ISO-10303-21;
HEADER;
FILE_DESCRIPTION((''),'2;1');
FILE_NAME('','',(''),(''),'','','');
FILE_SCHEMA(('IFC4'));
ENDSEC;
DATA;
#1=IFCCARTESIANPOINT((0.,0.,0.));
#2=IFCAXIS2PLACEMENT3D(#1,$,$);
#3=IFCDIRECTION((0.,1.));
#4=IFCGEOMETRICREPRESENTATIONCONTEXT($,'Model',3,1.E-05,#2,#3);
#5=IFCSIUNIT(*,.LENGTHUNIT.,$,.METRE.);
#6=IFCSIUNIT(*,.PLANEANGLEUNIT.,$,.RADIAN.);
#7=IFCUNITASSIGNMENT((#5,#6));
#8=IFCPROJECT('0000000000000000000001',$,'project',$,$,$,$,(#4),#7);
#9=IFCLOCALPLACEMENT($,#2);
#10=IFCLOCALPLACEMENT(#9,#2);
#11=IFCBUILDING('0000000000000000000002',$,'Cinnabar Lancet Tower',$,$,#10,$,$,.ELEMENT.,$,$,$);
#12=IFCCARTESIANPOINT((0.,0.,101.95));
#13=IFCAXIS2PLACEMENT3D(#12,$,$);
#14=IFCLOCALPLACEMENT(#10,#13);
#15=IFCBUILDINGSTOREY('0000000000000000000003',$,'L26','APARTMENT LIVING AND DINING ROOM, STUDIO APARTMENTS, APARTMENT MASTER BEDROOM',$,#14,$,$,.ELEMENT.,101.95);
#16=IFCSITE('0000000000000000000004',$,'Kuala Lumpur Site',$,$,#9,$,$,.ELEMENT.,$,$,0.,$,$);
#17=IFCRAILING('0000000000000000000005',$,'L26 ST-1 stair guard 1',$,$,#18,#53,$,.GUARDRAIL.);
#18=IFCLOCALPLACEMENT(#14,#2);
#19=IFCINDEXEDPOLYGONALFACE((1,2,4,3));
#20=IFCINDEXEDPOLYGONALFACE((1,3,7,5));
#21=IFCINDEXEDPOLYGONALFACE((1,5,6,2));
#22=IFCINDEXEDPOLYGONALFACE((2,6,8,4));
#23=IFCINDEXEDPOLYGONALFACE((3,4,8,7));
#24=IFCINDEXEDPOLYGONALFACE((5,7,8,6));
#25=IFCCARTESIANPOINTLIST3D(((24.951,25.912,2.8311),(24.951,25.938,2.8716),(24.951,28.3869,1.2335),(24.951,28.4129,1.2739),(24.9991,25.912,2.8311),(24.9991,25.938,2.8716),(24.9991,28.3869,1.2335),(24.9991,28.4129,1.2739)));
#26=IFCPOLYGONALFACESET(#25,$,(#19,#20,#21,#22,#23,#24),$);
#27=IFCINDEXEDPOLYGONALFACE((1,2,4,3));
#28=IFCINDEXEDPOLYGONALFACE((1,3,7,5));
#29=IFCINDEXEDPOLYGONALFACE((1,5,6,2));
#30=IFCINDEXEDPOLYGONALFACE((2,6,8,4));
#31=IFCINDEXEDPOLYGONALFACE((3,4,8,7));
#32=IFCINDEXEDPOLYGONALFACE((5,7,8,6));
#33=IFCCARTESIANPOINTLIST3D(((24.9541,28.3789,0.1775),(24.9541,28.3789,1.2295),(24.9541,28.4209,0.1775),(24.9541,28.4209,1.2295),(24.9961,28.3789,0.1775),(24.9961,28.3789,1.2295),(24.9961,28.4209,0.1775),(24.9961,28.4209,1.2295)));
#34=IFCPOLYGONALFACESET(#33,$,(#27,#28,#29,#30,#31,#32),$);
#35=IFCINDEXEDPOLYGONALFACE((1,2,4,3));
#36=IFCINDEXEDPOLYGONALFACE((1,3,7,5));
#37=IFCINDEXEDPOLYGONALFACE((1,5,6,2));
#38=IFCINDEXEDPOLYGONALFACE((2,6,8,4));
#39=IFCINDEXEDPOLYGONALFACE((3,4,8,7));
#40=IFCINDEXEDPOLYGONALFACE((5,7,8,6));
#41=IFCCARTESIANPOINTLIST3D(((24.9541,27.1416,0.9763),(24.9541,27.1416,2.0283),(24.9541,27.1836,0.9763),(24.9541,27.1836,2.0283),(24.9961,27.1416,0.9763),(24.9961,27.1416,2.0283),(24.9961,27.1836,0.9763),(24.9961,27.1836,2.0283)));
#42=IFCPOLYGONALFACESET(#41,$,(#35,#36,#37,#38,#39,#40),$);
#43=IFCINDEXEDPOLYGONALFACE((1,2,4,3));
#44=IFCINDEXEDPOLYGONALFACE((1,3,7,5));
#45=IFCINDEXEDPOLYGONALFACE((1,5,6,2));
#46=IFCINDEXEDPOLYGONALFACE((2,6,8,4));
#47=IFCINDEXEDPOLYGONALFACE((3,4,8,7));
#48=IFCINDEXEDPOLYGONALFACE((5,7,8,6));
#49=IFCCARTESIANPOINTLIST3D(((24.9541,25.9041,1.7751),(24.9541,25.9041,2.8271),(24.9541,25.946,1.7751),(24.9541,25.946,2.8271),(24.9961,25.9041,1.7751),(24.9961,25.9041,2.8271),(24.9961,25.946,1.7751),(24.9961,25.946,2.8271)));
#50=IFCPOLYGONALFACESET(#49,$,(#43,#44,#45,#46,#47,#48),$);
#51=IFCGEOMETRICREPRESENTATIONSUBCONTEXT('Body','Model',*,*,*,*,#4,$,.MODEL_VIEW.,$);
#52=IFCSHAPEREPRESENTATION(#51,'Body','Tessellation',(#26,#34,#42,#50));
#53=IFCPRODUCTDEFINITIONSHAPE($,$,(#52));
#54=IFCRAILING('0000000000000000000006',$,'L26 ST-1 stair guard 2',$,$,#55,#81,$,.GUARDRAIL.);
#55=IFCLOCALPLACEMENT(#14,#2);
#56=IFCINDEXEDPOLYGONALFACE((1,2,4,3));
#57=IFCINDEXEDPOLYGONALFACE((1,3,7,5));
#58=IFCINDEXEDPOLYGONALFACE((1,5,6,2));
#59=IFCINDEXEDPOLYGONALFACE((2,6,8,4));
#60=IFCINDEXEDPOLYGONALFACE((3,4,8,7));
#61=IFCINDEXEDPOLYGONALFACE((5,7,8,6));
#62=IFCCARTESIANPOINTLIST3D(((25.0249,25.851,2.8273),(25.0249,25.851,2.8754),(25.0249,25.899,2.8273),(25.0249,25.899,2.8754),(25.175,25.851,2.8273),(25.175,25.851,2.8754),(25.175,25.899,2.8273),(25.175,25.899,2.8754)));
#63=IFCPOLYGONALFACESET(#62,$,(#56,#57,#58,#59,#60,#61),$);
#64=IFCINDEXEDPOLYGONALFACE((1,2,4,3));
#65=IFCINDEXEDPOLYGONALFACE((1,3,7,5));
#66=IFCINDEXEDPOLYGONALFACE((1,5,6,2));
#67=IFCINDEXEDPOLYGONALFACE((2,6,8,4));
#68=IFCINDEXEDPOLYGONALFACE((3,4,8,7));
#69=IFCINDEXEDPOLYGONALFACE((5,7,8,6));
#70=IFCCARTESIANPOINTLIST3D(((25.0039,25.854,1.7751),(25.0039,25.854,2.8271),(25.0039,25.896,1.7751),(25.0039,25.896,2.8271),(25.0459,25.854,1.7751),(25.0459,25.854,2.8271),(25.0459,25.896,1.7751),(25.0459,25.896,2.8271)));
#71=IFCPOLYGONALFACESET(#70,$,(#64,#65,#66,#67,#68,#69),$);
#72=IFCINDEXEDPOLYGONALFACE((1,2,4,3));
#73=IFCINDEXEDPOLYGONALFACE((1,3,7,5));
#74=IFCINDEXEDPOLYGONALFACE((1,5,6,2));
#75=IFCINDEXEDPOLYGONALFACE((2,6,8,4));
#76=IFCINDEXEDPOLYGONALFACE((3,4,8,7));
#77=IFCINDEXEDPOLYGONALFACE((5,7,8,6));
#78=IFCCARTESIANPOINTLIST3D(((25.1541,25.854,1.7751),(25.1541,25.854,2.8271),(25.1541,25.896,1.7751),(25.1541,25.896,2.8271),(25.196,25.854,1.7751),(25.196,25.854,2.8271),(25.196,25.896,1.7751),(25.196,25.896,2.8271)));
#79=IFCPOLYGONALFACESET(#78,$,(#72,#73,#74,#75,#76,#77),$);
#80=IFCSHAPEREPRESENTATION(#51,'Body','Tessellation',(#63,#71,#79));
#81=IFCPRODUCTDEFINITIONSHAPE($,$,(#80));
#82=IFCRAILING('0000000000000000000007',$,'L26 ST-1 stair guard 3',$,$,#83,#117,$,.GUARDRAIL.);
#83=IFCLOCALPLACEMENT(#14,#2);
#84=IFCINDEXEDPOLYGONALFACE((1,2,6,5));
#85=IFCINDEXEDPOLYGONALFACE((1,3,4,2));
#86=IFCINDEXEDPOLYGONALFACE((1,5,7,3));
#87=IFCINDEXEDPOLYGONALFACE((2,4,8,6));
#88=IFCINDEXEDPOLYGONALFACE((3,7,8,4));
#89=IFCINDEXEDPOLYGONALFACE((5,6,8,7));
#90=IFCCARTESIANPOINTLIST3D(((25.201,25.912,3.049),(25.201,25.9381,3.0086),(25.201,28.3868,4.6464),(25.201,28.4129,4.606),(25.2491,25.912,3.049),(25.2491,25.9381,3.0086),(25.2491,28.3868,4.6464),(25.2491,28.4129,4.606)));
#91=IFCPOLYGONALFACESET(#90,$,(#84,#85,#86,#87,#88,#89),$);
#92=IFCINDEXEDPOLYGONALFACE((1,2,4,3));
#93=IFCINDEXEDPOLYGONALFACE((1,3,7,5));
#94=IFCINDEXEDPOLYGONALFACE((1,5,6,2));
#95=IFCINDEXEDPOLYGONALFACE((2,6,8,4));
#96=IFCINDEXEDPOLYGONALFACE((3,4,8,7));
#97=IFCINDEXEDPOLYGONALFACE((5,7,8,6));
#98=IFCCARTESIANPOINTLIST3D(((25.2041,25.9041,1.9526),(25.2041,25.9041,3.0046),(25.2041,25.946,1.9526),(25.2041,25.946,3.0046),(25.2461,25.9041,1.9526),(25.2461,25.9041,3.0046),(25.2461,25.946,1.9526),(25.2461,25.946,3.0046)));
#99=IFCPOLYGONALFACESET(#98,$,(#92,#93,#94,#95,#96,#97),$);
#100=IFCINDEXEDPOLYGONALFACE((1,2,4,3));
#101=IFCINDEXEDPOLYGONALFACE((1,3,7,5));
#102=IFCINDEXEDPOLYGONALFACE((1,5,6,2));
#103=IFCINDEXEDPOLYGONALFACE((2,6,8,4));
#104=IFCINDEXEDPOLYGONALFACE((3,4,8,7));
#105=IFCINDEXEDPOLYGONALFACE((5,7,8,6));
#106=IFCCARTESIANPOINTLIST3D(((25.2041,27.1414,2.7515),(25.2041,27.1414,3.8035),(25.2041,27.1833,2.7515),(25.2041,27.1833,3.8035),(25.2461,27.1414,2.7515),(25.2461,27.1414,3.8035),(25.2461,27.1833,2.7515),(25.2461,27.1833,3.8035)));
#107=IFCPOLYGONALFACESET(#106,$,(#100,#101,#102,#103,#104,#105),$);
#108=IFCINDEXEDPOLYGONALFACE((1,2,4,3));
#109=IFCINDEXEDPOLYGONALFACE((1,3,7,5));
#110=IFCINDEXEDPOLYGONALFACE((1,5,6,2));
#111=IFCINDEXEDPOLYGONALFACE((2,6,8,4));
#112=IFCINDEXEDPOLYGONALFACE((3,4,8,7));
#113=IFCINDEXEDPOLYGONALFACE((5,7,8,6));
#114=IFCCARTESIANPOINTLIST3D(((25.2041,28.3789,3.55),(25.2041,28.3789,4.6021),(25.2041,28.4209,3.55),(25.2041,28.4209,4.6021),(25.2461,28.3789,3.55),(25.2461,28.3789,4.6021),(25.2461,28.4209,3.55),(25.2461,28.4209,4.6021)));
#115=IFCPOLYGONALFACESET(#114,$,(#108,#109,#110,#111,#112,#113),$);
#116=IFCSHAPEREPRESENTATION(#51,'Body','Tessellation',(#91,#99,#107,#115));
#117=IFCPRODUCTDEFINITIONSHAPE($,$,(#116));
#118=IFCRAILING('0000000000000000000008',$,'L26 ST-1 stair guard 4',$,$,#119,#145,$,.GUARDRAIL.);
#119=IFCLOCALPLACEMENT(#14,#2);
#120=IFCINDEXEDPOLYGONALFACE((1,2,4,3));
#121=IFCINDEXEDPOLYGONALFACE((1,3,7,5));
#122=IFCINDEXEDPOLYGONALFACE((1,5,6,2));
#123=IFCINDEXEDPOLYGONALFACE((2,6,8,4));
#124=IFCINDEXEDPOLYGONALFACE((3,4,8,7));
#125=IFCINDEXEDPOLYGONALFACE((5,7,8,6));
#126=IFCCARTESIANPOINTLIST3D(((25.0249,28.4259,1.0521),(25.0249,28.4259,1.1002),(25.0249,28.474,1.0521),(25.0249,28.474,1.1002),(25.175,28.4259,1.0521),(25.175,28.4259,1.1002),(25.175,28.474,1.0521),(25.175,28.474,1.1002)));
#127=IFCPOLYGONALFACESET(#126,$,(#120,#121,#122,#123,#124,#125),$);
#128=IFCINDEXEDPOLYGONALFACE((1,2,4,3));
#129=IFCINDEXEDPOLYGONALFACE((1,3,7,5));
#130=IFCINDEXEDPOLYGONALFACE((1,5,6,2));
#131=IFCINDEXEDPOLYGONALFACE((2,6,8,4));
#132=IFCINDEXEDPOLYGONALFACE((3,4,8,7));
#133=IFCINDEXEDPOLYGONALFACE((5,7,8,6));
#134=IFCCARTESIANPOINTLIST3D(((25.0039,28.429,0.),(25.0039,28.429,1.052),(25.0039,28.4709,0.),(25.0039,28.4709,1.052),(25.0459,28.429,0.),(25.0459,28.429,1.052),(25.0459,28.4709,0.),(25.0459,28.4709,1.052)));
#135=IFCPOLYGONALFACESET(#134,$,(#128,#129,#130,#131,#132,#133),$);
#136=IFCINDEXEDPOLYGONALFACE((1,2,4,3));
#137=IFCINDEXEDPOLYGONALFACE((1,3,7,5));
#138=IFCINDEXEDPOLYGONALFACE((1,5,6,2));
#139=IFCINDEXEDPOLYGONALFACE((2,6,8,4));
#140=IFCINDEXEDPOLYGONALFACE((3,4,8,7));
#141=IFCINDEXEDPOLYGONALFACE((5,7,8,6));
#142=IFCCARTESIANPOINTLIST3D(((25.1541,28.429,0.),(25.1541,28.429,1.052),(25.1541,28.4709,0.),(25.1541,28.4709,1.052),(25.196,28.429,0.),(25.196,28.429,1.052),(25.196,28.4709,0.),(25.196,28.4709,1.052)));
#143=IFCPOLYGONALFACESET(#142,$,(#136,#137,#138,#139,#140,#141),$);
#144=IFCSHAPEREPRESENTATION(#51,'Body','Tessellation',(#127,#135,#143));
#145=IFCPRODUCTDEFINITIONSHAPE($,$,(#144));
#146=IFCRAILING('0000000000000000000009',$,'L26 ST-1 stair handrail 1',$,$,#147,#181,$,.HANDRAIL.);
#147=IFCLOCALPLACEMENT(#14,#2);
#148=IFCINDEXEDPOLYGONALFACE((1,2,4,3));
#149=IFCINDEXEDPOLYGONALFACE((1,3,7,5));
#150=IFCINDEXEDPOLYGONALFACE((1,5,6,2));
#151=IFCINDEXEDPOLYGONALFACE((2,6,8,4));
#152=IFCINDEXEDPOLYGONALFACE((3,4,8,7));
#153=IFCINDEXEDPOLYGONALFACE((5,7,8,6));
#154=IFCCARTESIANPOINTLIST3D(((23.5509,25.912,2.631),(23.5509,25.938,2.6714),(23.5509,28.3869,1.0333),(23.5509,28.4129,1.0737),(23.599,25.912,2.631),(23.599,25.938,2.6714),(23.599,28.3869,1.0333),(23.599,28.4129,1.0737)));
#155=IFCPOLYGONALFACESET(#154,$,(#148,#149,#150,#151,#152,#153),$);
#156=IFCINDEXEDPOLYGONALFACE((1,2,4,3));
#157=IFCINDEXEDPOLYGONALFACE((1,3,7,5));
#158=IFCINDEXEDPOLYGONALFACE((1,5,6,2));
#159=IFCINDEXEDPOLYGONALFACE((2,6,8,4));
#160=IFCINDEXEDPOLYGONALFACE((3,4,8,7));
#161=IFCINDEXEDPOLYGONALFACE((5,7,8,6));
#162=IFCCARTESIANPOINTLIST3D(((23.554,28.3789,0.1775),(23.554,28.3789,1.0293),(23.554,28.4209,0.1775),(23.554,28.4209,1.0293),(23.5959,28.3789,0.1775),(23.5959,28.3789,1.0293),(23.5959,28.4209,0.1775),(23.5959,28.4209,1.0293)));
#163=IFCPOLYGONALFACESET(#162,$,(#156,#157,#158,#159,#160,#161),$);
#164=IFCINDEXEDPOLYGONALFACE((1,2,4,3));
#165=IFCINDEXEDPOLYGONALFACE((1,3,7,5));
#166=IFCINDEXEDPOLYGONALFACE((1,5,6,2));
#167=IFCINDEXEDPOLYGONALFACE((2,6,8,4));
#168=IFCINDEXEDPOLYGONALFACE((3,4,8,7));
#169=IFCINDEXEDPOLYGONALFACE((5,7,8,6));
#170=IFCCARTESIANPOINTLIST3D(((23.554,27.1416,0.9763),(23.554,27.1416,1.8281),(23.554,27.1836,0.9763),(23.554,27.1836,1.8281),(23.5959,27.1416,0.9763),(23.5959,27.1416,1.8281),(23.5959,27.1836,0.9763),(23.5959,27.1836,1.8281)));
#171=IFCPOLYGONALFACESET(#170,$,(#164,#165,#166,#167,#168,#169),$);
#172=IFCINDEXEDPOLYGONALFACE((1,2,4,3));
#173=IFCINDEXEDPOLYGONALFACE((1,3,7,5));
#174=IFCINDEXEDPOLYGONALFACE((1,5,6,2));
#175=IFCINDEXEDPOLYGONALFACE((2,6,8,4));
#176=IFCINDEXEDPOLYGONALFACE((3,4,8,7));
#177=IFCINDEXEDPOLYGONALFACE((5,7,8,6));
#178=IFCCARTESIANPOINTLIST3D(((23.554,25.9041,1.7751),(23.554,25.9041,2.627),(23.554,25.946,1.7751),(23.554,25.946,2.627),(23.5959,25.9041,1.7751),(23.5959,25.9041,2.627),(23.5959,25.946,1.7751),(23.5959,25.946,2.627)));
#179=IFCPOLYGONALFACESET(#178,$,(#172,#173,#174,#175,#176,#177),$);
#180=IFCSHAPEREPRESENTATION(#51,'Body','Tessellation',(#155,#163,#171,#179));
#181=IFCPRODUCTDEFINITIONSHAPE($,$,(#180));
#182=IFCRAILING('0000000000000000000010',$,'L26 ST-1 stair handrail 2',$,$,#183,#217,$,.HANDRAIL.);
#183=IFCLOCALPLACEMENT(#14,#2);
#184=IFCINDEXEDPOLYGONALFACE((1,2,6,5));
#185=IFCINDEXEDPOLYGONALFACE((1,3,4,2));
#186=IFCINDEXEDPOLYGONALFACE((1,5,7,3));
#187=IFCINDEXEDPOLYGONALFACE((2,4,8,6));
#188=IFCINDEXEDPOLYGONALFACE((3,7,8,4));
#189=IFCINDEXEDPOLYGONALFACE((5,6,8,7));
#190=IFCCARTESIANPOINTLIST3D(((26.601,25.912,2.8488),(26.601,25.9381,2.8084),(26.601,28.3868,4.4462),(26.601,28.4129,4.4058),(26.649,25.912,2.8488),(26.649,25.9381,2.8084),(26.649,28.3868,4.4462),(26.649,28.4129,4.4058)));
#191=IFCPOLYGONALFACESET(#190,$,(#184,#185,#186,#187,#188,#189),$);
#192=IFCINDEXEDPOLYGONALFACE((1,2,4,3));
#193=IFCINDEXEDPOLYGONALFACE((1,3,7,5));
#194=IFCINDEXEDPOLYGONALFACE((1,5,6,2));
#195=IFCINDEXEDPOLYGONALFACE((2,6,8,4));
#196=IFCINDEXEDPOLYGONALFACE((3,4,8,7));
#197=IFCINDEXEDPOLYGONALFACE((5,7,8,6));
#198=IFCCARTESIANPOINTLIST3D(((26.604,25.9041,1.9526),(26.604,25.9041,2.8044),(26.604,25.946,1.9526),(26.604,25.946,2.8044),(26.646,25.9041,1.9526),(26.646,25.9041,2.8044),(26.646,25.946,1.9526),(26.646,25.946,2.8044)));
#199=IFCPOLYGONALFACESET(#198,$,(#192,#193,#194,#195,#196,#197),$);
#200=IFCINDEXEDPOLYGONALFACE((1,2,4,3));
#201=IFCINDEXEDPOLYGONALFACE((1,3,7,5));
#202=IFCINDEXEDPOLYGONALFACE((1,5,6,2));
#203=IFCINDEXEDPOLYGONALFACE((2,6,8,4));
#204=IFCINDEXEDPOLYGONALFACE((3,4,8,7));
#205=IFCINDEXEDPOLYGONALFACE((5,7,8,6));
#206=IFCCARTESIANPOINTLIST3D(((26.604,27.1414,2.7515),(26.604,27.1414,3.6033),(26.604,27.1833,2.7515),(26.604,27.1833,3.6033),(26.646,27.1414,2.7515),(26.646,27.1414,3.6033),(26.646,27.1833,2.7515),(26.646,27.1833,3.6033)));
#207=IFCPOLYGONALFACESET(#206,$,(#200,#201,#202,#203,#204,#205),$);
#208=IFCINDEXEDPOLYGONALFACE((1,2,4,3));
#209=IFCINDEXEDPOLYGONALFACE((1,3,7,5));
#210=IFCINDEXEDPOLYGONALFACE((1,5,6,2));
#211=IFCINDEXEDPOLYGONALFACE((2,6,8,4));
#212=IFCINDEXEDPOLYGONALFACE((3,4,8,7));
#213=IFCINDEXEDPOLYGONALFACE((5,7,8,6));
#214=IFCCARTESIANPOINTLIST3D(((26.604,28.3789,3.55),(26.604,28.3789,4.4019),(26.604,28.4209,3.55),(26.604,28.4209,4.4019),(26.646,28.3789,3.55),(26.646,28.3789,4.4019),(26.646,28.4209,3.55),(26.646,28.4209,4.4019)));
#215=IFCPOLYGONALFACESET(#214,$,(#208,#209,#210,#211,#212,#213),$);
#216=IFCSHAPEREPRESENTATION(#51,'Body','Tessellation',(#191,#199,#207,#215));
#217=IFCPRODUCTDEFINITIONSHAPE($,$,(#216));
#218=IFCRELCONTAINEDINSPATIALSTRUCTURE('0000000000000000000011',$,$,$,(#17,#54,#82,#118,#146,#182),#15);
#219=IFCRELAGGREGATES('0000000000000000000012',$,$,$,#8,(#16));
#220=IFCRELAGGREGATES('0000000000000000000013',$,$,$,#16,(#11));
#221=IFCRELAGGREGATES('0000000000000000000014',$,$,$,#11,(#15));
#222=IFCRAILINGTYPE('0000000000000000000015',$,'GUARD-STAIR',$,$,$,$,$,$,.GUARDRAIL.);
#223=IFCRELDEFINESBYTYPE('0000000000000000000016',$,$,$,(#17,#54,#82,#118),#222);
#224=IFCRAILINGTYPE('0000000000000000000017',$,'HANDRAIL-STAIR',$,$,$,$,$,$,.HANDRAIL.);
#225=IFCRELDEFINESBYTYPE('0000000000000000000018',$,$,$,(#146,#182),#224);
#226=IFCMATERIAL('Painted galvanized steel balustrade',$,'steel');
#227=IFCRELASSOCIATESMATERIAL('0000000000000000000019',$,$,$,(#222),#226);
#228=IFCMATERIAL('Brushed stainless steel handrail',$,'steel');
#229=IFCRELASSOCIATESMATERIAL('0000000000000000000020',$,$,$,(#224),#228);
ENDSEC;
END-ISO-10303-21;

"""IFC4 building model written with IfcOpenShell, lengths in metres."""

from ifc_helpers import new_model, si_unit, direction, frame, origin, origin_2d, place, context, subcontext, project, spatial, rectangle, extrude, material, type_object, element, save


model = new_model("IFC4")

# Units and contexts
model_context = context("Model", 3, precision=1e-05, world=origin(), true_north=direction((0.0, 1.0)))
body_context = subcontext(model_context, "Body", "Model", "MODEL_VIEW")
ifc_project = project(units=[si_unit("LENGTHUNIT", "METRE"), si_unit("PLANEANGLEUNIT", "RADIAN")], contexts=[model_context])

# Site, building, storey
site_placement = place(None, origin())
site = spatial("IfcSite", under=ifc_project, at=site_placement, Name="Kuala Lumpur Site", CompositionType="ELEMENT", RefElevation=0.0)
building_placement = place(site_placement, origin())
building = spatial("IfcBuilding", under=site, at=building_placement, Name="Cinnabar Lancet Tower", CompositionType="ELEMENT")
storey_placement = place(building_placement, frame((0.0, 0.0, 101.95)))
storey = spatial("IfcBuildingStorey", under=building, at=storey_placement, Name="L26", Description="APARTMENT LIVING AND DINING ROOM, STUDIO APARTMENTS, APARTMENT MASTER BEDROOM", CompositionType="ELEMENT", Elevation=101.95)

# Railings
ifc_material_1 = material(Name="Painted galvanized steel balustrade", Category="steel")
railing_type_1 = type_object("IfcRailingType", Name="GUARD-STAIR", PredefinedType="GUARDRAIL", material=ifc_material_1)
railing_1_placement = place(storey_placement, frame((24.9751, 28.3999, 0.1775)))
element("IfcRailing", 1, at=railing_1_placement, inside=storey, type_object=railing_type_1, Name="L26 ST-1 stair guard 1", PredefinedType="GUARDRAIL", context=body_context, shape_type="SweptSolid", body=[
    extrude(rectangle(XDim=0.0481, YDim=0.0481, at=origin_2d()), frame((0.0, 0.0, 1.0762), z_axis=(0.0, -0.840146, 0.542361), x_axis=(1.0, 0.0, 0.0)), (0.0, 0.0, 1.0), 2.9458),
    extrude(rectangle(XDim=0.042, YDim=0.042, at=origin_2d()), origin(), (0.0, 0.0, 1.0), 1.052),
    extrude(rectangle(XDim=0.042, YDim=0.042, at=origin_2d()), frame((0.0, -1.2373, 0.7988)), (0.0, 0.0, 1.0), 1.052),
    extrude(rectangle(XDim=0.042, YDim=0.042, at=origin_2d()), frame((0.0, -2.4749, 1.5977)), (0.0, 0.0, 1.0), 1.052),
])
railing_2_placement = place(storey_placement, frame((25.0249, 25.875, 1.7751)))
element("IfcRailing", 2, at=railing_2_placement, inside=storey, type_object=railing_type_1, Name="L26 ST-1 stair guard 2", PredefinedType="GUARDRAIL", context=body_context, shape_type="SweptSolid", body=[
    extrude(rectangle(XDim=0.0481, YDim=0.0481, at=origin_2d()), frame((0.0, 0.0, 1.0762), z_axis=(1.0, 0.0, 0.0), x_axis=(0.0, 1.0, 0.0)), (0.0, 0.0, 1.0), 0.1501),
    extrude(rectangle(XDim=0.042, YDim=0.042, at=origin_2d()), origin(), (0.0, 0.0, 1.0), 1.052),
    extrude(rectangle(XDim=0.042, YDim=0.042, at=origin_2d()), frame((0.1501, 0.0, 0.0)), (0.0, 0.0, 1.0), 1.052),
])
railing_3_placement = place(storey_placement, frame((25.2251, 25.925, 1.9526)))
element("IfcRailing", 3, at=railing_3_placement, inside=storey, type_object=railing_type_1, Name="L26 ST-1 stair guard 3", PredefinedType="GUARDRAIL", context=body_context, shape_type="SweptSolid", body=[
    extrude(rectangle(XDim=0.0481, YDim=0.0481, at=origin_2d()), frame((0.0, 0.0, 1.0762), z_axis=(0.0, 0.840183, 0.542302), x_axis=(-1.0, 0.0, 0.0)), (0.0, 0.0, 1.0), 2.9456),
    extrude(rectangle(XDim=0.042, YDim=0.042, at=origin_2d()), origin(), (0.0, 0.0, 1.0), 1.052),
    extrude(rectangle(XDim=0.042, YDim=0.042, at=origin_2d()), frame((0.0, 1.2373, 0.7988)), (0.0, 0.0, 1.0), 1.052),
    extrude(rectangle(XDim=0.042, YDim=0.042, at=origin_2d()), frame((0.0, 2.4749, 1.5974)), (0.0, 0.0, 1.0), 1.052),
])
railing_4_placement = place(storey_placement, frame((25.0249, 28.45, 0.0)))
element("IfcRailing", 4, at=railing_4_placement, inside=storey, type_object=railing_type_1, Name="L26 ST-1 stair guard 4", PredefinedType="GUARDRAIL", context=body_context, shape_type="SweptSolid", body=[
    extrude(rectangle(XDim=0.0481, YDim=0.0481, at=origin_2d()), frame((0.0, 0.0, 1.0762), z_axis=(1.0, 0.0, 0.0), x_axis=(0.0, 1.0, 0.0)), (0.0, 0.0, 1.0), 0.1501),
    extrude(rectangle(XDim=0.042, YDim=0.042, at=origin_2d()), origin(), (0.0, 0.0, 1.0), 1.052),
    extrude(rectangle(XDim=0.042, YDim=0.042, at=origin_2d()), frame((0.1501, 0.0, 0.0)), (0.0, 0.0, 1.0), 1.052),
])
ifc_material_2 = material(Name="Brushed stainless steel handrail", Category="steel")
railing_type_2 = type_object("IfcRailingType", Name="HANDRAIL-STAIR", PredefinedType="HANDRAIL", material=ifc_material_2)
railing_5_placement = place(storey_placement, frame((23.575, 28.3999, 0.1775)))
element("IfcRailing", 5, at=railing_5_placement, inside=storey, type_object=railing_type_2, Name="L26 ST-1 stair handrail 1", PredefinedType="HANDRAIL", context=body_context, shape_type="SweptSolid", body=[
    extrude(rectangle(XDim=0.0481, YDim=0.0481, at=origin_2d()), frame((0.0, 0.0, 0.876), z_axis=(0.0, -0.840146, 0.542361), x_axis=(1.0, 0.0, 0.0)), (0.0, 0.0, 1.0), 2.9458),
    extrude(rectangle(XDim=0.042, YDim=0.042, at=origin_2d()), origin(), (0.0, 0.0, 1.0), 0.8518),
    extrude(rectangle(XDim=0.042, YDim=0.042, at=origin_2d()), frame((0.0, -1.2373, 0.7988)), (0.0, 0.0, 1.0), 0.8518),
    extrude(rectangle(XDim=0.042, YDim=0.042, at=origin_2d()), frame((0.0, -2.4749, 1.5977)), (0.0, 0.0, 1.0), 0.8518),
])
railing_6_placement = place(storey_placement, frame((26.625, 25.925, 1.9526)))
element("IfcRailing", 6, at=railing_6_placement, inside=storey, type_object=railing_type_2, Name="L26 ST-1 stair handrail 2", PredefinedType="HANDRAIL", context=body_context, shape_type="SweptSolid", body=[
    extrude(rectangle(XDim=0.0481, YDim=0.0481, at=origin_2d()), frame((0.0, 0.0, 0.876), z_axis=(0.0, 0.840183, 0.542302), x_axis=(-1.0, 0.0, 0.0)), (0.0, 0.0, 1.0), 2.9456),
    extrude(rectangle(XDim=0.042, YDim=0.042, at=origin_2d()), origin(), (0.0, 0.0, 1.0), 0.8518),
    extrude(rectangle(XDim=0.042, YDim=0.042, at=origin_2d()), frame((0.0, 1.2373, 0.7988)), (0.0, 0.0, 1.0), 0.8518),
    extrude(rectangle(XDim=0.042, YDim=0.042, at=origin_2d()), frame((0.0, 2.4749, 1.5974)), (0.0, 0.0, 1.0), 0.8518),
])

save(model, "model.ifc")
